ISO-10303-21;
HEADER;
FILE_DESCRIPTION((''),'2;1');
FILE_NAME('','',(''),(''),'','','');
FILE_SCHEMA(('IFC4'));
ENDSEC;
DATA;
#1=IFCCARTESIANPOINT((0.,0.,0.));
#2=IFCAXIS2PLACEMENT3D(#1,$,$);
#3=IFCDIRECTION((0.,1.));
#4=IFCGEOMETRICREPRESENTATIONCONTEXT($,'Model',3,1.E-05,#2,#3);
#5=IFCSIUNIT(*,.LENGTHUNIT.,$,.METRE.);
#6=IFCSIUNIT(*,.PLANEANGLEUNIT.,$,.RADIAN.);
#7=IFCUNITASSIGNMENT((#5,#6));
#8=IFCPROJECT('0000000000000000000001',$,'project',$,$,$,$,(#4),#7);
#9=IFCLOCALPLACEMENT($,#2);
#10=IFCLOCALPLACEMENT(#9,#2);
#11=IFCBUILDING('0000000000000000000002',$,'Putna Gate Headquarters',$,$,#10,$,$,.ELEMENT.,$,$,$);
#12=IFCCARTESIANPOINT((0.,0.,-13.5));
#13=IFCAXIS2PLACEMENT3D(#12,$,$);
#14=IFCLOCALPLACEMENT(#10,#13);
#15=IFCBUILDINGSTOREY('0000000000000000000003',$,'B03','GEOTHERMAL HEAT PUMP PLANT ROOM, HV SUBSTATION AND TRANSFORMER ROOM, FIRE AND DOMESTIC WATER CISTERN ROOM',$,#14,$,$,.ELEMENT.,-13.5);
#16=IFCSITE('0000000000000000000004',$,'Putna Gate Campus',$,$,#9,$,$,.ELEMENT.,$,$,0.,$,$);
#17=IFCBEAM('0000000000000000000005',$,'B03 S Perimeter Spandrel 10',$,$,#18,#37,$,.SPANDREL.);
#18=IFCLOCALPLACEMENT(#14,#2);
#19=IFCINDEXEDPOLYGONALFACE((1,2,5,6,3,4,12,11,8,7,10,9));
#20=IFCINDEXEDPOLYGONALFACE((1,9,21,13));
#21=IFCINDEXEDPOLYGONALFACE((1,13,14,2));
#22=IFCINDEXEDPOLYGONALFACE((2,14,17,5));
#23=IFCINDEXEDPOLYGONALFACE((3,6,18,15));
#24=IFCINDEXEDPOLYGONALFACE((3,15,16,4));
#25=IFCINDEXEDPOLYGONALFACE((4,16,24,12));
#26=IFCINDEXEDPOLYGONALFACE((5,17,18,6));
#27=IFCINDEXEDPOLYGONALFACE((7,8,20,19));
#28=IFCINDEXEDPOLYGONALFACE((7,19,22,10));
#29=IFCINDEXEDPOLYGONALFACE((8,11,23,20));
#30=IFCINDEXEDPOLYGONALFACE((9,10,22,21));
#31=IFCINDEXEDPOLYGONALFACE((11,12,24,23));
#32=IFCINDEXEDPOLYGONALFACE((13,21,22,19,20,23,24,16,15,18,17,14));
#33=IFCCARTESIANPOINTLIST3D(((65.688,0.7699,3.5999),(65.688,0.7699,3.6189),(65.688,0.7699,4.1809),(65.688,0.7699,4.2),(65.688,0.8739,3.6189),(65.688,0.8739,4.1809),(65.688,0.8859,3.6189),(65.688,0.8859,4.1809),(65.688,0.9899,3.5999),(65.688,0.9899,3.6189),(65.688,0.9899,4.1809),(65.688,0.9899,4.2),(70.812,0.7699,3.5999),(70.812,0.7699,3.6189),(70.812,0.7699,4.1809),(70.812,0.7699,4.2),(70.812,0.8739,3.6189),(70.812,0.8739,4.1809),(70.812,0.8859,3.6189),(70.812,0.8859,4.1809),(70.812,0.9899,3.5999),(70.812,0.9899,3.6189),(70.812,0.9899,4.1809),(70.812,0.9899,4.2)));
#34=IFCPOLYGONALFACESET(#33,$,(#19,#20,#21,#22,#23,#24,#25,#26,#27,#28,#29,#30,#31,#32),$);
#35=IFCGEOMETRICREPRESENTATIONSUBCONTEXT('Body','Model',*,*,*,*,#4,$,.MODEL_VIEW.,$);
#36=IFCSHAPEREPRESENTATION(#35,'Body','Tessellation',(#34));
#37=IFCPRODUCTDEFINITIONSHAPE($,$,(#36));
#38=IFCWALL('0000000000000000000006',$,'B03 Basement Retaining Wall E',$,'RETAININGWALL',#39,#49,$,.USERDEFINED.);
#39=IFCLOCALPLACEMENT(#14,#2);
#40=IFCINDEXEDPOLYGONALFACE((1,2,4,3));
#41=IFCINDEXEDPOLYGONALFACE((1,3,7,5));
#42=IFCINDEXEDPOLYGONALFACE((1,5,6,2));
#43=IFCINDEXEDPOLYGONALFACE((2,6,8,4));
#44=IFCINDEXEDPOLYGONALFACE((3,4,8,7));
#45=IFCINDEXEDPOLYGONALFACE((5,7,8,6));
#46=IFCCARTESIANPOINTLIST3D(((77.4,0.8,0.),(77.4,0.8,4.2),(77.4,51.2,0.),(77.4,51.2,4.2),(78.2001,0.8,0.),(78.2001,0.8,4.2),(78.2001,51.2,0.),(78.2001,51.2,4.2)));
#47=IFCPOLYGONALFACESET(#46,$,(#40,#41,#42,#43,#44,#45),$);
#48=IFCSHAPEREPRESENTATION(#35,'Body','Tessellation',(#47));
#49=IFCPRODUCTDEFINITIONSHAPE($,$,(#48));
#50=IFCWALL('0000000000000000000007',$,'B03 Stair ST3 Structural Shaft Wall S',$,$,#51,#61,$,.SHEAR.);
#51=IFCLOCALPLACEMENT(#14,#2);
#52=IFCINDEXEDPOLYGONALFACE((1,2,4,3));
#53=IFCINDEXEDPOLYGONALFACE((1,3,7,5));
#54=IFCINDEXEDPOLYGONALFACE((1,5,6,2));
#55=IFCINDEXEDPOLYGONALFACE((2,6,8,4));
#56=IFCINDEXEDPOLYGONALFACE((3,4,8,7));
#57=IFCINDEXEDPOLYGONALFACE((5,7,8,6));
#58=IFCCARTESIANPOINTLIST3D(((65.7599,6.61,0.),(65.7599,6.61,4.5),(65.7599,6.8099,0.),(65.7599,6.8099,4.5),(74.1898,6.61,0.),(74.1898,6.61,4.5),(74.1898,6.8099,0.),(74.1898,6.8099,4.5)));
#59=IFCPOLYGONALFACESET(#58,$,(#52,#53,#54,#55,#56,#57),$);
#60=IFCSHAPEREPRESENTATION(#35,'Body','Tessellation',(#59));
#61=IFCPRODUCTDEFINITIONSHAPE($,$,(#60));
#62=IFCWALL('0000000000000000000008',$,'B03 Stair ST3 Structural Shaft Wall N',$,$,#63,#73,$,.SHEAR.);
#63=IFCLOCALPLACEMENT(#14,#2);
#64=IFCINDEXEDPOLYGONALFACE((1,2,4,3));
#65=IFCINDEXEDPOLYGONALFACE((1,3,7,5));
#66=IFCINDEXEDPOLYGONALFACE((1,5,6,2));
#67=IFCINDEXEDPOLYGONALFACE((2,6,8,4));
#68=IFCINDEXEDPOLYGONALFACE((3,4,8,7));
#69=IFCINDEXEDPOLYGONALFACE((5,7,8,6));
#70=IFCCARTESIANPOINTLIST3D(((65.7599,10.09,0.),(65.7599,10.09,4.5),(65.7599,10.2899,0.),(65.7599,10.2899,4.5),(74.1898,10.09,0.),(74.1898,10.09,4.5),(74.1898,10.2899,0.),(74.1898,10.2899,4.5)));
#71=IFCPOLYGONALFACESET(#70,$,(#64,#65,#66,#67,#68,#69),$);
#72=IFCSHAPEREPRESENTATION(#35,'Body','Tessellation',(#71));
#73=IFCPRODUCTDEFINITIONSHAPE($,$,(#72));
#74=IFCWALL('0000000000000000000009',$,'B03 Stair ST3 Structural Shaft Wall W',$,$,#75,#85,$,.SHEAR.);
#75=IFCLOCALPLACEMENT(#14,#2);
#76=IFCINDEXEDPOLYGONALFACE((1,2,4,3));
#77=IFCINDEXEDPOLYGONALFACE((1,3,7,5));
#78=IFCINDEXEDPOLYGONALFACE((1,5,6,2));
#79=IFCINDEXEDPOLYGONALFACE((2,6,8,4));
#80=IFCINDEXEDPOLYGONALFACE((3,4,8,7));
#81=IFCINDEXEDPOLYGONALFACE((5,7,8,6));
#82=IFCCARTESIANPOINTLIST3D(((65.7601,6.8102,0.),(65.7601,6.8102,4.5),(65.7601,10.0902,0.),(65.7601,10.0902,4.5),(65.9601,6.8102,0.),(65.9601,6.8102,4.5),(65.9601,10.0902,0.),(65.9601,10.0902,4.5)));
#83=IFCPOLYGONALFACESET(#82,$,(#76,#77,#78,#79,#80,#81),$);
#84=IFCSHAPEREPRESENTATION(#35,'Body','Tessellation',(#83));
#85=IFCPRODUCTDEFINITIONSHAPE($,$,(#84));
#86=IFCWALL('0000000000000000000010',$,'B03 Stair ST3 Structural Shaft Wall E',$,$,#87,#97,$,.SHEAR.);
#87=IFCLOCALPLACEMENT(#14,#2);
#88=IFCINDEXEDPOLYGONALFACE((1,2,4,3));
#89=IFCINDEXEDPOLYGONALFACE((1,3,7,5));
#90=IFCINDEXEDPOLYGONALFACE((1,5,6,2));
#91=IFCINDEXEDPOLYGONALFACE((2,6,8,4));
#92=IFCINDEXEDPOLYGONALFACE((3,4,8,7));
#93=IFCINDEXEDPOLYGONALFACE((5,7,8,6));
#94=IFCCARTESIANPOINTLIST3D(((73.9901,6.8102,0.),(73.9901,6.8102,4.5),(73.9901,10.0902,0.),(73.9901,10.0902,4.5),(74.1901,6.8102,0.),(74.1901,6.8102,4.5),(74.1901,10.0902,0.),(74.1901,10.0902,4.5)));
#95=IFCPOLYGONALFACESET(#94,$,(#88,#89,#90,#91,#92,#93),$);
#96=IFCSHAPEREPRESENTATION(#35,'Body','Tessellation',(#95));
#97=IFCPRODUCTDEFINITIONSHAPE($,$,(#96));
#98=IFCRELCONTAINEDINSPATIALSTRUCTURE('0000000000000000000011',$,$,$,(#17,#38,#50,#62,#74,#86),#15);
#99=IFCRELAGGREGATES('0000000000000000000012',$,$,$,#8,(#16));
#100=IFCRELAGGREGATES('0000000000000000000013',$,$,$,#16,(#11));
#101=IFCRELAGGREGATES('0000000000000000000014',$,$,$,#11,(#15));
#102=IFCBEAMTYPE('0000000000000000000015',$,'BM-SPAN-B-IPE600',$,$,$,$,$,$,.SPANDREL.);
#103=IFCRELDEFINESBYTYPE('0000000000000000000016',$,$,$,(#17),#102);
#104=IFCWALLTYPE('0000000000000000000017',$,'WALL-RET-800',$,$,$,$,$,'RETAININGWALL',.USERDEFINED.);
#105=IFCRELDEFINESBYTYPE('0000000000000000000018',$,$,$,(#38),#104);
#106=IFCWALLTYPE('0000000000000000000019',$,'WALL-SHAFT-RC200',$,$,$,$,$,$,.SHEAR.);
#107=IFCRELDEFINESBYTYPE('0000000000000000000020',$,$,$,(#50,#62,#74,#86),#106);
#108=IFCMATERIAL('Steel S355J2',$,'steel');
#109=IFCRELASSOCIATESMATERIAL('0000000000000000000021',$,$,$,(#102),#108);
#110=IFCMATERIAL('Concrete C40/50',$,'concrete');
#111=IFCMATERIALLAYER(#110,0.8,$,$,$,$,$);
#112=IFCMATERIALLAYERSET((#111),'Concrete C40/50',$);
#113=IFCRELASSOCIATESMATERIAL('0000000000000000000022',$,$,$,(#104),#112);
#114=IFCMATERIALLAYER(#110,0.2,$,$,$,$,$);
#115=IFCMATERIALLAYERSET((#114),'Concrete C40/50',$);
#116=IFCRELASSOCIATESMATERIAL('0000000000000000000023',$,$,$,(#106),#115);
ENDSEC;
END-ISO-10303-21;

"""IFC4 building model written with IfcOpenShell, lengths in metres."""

from ifc_helpers import new_model, si_unit, direction, frame, frame_2d, origin, origin_2d, place, context, subcontext, project, spatial, rectangle, i_section, extrude, material, layer, layer_set, material_profile, profile_set, type_object, element, save


model = new_model("IFC4")

# Units and contexts
model_context = context("Model", 3, precision=1e-05, world=origin(), true_north=direction((0.0, 1.0)))
body_context = subcontext(model_context, "Body", "Model", "MODEL_VIEW")
ifc_project = project(units=[si_unit("LENGTHUNIT", "METRE"), si_unit("PLANEANGLEUNIT", "RADIAN")], contexts=[model_context])

# Site, building, storey
site_placement = place(None, origin())
site = spatial("IfcSite", under=ifc_project, at=site_placement, Name="Putna Gate Campus", CompositionType="ELEMENT", RefElevation=0.0)
building_placement = place(site_placement, origin())
building = spatial("IfcBuilding", under=site, at=building_placement, Name="Putna Gate Headquarters", CompositionType="ELEMENT")
storey_placement = place(building_placement, frame((0.0, 0.0, -13.5)))
storey = spatial("IfcBuildingStorey", under=building, at=storey_placement, Name="B03", Description="GEOTHERMAL HEAT PUMP PLANT ROOM, HV SUBSTATION AND TRANSFORMER ROOM, FIRE AND DOMESTIC WATER CISTERN ROOM", CompositionType="ELEMENT", Elevation=-13.5)

# Shared definitions
ifc_material_1 = material(Name="Concrete C40/50", Category="concrete")

# Beam
ifc_material_2 = material(Name="Steel S355J2", Category="steel")
ifc_material_profile_1 = material_profile(ifc_material_2, i_section(OverallWidth=0.22, OverallDepth=0.6001, WebThickness=0.012, FlangeThickness=0.019, at=origin_2d()), Name="Steel S355J2")
ifc_profile_set_1 = profile_set([ifc_material_profile_1], Name="Steel S355J2")
beam_type_1 = type_object("IfcBeamType", Name="BM-SPAN-B-IPE600", PredefinedType="SPANDREL", material=ifc_profile_set_1)
for number, where, z_axis, x_axis, name in (
    (1, (65.688, 0.8799, 3.8999), (1.0, 0.0, 0.0), (0.0, 1.0, 0.0), "B03 S Perimeter Spandrel 10"),
):
    element("IfcBeam", number, at=place(storey_placement, frame(where, z_axis=z_axis, x_axis=x_axis)), inside=storey, type_object=beam_type_1, Name=name, PredefinedType="SPANDREL", context=body_context, shape_type="SweptSolid", body=[
        extrude(i_section(OverallWidth=0.22, OverallDepth=0.6001, WebThickness=0.012, FlangeThickness=0.019, at=origin_2d()), origin(), (0.0, 0.0, 1.0), 5.124),
    ])

# Walls
ifc_layer_1 = layer(ifc_material_1, 0.8)
ifc_layer_set_1 = layer_set([ifc_layer_1], Name="Concrete C40/50")
wall_type_1 = type_object("IfcWallType", Name="WALL-RET-800", ElementType="RETAININGWALL", PredefinedType="USERDEFINED", material=ifc_layer_set_1)
wall_placement = place(storey_placement, frame((77.8, 0.8, 0.0), z_axis=(0.0, 0.0, 1.0), x_axis=(0.0, 1.0, 0.0)))
element("IfcWall", 2, at=wall_placement, inside=storey, type_object=wall_type_1, Name="B03 Basement Retaining Wall E", ObjectType="RETAININGWALL", PredefinedType="USERDEFINED", context=body_context, shape_type="SweptSolid", body=[
    extrude(rectangle(XDim=50.3999, YDim=0.8, at=frame_2d((25.2, 0.0))), origin(), (0.0, 0.0, 1.0), 4.2),
])
ifc_layer_2 = layer(ifc_material_1, 0.2)
ifc_layer_set_2 = layer_set([ifc_layer_2], Name="Concrete C40/50")
wall_type_2 = type_object("IfcWallType", Name="WALL-SHAFT-RC200", PredefinedType="SHEAR", material=ifc_layer_set_2)
for number, where, z_axis, x_axis, name in (
    (3, (65.76, 6.71, 0.0), (0.0, 0.0, 1.0), (1.0, 0.0, 0.0), "B03 Stair ST3 Structural Shaft Wall S"),
    (4, (65.76, 10.1899, 0.0), (0.0, 0.0, 1.0), (1.0, 0.0, 0.0), "B03 Stair ST3 Structural Shaft Wall N"),
):
    element("IfcWall", number, at=place(storey_placement, frame(where, z_axis=z_axis, x_axis=x_axis)), inside=storey, type_object=wall_type_2, Name=name, PredefinedType="SHEAR", context=body_context, shape_type="SweptSolid", body=[
        extrude(rectangle(XDim=8.4299, YDim=0.2, at=frame_2d((4.2148, 0.0))), origin(), (0.0, 0.0, 1.0), 4.5),
    ])
for number, where, z_axis, x_axis, name in (
    (5, (65.8601, 6.8101, 0.0), (0.0, 0.0, 1.0), (0.0, 1.0, 0.0), "B03 Stair ST3 Structural Shaft Wall W"),
    (6, (74.0901, 6.8101, 0.0), (0.0, 0.0, 1.0), (0.0, 1.0, 0.0), "B03 Stair ST3 Structural Shaft Wall E"),
):
    element("IfcWall", number, at=place(storey_placement, frame(where, z_axis=z_axis, x_axis=x_axis)), inside=storey, type_object=wall_type_2, Name=name, PredefinedType="SHEAR", context=body_context, shape_type="SweptSolid", body=[
        extrude(rectangle(XDim=3.28, YDim=0.2, at=frame_2d((1.6401, 0.0))), origin(), (0.0, 0.0, 1.0), 4.5),
    ])

save(model, "model.ifc")
